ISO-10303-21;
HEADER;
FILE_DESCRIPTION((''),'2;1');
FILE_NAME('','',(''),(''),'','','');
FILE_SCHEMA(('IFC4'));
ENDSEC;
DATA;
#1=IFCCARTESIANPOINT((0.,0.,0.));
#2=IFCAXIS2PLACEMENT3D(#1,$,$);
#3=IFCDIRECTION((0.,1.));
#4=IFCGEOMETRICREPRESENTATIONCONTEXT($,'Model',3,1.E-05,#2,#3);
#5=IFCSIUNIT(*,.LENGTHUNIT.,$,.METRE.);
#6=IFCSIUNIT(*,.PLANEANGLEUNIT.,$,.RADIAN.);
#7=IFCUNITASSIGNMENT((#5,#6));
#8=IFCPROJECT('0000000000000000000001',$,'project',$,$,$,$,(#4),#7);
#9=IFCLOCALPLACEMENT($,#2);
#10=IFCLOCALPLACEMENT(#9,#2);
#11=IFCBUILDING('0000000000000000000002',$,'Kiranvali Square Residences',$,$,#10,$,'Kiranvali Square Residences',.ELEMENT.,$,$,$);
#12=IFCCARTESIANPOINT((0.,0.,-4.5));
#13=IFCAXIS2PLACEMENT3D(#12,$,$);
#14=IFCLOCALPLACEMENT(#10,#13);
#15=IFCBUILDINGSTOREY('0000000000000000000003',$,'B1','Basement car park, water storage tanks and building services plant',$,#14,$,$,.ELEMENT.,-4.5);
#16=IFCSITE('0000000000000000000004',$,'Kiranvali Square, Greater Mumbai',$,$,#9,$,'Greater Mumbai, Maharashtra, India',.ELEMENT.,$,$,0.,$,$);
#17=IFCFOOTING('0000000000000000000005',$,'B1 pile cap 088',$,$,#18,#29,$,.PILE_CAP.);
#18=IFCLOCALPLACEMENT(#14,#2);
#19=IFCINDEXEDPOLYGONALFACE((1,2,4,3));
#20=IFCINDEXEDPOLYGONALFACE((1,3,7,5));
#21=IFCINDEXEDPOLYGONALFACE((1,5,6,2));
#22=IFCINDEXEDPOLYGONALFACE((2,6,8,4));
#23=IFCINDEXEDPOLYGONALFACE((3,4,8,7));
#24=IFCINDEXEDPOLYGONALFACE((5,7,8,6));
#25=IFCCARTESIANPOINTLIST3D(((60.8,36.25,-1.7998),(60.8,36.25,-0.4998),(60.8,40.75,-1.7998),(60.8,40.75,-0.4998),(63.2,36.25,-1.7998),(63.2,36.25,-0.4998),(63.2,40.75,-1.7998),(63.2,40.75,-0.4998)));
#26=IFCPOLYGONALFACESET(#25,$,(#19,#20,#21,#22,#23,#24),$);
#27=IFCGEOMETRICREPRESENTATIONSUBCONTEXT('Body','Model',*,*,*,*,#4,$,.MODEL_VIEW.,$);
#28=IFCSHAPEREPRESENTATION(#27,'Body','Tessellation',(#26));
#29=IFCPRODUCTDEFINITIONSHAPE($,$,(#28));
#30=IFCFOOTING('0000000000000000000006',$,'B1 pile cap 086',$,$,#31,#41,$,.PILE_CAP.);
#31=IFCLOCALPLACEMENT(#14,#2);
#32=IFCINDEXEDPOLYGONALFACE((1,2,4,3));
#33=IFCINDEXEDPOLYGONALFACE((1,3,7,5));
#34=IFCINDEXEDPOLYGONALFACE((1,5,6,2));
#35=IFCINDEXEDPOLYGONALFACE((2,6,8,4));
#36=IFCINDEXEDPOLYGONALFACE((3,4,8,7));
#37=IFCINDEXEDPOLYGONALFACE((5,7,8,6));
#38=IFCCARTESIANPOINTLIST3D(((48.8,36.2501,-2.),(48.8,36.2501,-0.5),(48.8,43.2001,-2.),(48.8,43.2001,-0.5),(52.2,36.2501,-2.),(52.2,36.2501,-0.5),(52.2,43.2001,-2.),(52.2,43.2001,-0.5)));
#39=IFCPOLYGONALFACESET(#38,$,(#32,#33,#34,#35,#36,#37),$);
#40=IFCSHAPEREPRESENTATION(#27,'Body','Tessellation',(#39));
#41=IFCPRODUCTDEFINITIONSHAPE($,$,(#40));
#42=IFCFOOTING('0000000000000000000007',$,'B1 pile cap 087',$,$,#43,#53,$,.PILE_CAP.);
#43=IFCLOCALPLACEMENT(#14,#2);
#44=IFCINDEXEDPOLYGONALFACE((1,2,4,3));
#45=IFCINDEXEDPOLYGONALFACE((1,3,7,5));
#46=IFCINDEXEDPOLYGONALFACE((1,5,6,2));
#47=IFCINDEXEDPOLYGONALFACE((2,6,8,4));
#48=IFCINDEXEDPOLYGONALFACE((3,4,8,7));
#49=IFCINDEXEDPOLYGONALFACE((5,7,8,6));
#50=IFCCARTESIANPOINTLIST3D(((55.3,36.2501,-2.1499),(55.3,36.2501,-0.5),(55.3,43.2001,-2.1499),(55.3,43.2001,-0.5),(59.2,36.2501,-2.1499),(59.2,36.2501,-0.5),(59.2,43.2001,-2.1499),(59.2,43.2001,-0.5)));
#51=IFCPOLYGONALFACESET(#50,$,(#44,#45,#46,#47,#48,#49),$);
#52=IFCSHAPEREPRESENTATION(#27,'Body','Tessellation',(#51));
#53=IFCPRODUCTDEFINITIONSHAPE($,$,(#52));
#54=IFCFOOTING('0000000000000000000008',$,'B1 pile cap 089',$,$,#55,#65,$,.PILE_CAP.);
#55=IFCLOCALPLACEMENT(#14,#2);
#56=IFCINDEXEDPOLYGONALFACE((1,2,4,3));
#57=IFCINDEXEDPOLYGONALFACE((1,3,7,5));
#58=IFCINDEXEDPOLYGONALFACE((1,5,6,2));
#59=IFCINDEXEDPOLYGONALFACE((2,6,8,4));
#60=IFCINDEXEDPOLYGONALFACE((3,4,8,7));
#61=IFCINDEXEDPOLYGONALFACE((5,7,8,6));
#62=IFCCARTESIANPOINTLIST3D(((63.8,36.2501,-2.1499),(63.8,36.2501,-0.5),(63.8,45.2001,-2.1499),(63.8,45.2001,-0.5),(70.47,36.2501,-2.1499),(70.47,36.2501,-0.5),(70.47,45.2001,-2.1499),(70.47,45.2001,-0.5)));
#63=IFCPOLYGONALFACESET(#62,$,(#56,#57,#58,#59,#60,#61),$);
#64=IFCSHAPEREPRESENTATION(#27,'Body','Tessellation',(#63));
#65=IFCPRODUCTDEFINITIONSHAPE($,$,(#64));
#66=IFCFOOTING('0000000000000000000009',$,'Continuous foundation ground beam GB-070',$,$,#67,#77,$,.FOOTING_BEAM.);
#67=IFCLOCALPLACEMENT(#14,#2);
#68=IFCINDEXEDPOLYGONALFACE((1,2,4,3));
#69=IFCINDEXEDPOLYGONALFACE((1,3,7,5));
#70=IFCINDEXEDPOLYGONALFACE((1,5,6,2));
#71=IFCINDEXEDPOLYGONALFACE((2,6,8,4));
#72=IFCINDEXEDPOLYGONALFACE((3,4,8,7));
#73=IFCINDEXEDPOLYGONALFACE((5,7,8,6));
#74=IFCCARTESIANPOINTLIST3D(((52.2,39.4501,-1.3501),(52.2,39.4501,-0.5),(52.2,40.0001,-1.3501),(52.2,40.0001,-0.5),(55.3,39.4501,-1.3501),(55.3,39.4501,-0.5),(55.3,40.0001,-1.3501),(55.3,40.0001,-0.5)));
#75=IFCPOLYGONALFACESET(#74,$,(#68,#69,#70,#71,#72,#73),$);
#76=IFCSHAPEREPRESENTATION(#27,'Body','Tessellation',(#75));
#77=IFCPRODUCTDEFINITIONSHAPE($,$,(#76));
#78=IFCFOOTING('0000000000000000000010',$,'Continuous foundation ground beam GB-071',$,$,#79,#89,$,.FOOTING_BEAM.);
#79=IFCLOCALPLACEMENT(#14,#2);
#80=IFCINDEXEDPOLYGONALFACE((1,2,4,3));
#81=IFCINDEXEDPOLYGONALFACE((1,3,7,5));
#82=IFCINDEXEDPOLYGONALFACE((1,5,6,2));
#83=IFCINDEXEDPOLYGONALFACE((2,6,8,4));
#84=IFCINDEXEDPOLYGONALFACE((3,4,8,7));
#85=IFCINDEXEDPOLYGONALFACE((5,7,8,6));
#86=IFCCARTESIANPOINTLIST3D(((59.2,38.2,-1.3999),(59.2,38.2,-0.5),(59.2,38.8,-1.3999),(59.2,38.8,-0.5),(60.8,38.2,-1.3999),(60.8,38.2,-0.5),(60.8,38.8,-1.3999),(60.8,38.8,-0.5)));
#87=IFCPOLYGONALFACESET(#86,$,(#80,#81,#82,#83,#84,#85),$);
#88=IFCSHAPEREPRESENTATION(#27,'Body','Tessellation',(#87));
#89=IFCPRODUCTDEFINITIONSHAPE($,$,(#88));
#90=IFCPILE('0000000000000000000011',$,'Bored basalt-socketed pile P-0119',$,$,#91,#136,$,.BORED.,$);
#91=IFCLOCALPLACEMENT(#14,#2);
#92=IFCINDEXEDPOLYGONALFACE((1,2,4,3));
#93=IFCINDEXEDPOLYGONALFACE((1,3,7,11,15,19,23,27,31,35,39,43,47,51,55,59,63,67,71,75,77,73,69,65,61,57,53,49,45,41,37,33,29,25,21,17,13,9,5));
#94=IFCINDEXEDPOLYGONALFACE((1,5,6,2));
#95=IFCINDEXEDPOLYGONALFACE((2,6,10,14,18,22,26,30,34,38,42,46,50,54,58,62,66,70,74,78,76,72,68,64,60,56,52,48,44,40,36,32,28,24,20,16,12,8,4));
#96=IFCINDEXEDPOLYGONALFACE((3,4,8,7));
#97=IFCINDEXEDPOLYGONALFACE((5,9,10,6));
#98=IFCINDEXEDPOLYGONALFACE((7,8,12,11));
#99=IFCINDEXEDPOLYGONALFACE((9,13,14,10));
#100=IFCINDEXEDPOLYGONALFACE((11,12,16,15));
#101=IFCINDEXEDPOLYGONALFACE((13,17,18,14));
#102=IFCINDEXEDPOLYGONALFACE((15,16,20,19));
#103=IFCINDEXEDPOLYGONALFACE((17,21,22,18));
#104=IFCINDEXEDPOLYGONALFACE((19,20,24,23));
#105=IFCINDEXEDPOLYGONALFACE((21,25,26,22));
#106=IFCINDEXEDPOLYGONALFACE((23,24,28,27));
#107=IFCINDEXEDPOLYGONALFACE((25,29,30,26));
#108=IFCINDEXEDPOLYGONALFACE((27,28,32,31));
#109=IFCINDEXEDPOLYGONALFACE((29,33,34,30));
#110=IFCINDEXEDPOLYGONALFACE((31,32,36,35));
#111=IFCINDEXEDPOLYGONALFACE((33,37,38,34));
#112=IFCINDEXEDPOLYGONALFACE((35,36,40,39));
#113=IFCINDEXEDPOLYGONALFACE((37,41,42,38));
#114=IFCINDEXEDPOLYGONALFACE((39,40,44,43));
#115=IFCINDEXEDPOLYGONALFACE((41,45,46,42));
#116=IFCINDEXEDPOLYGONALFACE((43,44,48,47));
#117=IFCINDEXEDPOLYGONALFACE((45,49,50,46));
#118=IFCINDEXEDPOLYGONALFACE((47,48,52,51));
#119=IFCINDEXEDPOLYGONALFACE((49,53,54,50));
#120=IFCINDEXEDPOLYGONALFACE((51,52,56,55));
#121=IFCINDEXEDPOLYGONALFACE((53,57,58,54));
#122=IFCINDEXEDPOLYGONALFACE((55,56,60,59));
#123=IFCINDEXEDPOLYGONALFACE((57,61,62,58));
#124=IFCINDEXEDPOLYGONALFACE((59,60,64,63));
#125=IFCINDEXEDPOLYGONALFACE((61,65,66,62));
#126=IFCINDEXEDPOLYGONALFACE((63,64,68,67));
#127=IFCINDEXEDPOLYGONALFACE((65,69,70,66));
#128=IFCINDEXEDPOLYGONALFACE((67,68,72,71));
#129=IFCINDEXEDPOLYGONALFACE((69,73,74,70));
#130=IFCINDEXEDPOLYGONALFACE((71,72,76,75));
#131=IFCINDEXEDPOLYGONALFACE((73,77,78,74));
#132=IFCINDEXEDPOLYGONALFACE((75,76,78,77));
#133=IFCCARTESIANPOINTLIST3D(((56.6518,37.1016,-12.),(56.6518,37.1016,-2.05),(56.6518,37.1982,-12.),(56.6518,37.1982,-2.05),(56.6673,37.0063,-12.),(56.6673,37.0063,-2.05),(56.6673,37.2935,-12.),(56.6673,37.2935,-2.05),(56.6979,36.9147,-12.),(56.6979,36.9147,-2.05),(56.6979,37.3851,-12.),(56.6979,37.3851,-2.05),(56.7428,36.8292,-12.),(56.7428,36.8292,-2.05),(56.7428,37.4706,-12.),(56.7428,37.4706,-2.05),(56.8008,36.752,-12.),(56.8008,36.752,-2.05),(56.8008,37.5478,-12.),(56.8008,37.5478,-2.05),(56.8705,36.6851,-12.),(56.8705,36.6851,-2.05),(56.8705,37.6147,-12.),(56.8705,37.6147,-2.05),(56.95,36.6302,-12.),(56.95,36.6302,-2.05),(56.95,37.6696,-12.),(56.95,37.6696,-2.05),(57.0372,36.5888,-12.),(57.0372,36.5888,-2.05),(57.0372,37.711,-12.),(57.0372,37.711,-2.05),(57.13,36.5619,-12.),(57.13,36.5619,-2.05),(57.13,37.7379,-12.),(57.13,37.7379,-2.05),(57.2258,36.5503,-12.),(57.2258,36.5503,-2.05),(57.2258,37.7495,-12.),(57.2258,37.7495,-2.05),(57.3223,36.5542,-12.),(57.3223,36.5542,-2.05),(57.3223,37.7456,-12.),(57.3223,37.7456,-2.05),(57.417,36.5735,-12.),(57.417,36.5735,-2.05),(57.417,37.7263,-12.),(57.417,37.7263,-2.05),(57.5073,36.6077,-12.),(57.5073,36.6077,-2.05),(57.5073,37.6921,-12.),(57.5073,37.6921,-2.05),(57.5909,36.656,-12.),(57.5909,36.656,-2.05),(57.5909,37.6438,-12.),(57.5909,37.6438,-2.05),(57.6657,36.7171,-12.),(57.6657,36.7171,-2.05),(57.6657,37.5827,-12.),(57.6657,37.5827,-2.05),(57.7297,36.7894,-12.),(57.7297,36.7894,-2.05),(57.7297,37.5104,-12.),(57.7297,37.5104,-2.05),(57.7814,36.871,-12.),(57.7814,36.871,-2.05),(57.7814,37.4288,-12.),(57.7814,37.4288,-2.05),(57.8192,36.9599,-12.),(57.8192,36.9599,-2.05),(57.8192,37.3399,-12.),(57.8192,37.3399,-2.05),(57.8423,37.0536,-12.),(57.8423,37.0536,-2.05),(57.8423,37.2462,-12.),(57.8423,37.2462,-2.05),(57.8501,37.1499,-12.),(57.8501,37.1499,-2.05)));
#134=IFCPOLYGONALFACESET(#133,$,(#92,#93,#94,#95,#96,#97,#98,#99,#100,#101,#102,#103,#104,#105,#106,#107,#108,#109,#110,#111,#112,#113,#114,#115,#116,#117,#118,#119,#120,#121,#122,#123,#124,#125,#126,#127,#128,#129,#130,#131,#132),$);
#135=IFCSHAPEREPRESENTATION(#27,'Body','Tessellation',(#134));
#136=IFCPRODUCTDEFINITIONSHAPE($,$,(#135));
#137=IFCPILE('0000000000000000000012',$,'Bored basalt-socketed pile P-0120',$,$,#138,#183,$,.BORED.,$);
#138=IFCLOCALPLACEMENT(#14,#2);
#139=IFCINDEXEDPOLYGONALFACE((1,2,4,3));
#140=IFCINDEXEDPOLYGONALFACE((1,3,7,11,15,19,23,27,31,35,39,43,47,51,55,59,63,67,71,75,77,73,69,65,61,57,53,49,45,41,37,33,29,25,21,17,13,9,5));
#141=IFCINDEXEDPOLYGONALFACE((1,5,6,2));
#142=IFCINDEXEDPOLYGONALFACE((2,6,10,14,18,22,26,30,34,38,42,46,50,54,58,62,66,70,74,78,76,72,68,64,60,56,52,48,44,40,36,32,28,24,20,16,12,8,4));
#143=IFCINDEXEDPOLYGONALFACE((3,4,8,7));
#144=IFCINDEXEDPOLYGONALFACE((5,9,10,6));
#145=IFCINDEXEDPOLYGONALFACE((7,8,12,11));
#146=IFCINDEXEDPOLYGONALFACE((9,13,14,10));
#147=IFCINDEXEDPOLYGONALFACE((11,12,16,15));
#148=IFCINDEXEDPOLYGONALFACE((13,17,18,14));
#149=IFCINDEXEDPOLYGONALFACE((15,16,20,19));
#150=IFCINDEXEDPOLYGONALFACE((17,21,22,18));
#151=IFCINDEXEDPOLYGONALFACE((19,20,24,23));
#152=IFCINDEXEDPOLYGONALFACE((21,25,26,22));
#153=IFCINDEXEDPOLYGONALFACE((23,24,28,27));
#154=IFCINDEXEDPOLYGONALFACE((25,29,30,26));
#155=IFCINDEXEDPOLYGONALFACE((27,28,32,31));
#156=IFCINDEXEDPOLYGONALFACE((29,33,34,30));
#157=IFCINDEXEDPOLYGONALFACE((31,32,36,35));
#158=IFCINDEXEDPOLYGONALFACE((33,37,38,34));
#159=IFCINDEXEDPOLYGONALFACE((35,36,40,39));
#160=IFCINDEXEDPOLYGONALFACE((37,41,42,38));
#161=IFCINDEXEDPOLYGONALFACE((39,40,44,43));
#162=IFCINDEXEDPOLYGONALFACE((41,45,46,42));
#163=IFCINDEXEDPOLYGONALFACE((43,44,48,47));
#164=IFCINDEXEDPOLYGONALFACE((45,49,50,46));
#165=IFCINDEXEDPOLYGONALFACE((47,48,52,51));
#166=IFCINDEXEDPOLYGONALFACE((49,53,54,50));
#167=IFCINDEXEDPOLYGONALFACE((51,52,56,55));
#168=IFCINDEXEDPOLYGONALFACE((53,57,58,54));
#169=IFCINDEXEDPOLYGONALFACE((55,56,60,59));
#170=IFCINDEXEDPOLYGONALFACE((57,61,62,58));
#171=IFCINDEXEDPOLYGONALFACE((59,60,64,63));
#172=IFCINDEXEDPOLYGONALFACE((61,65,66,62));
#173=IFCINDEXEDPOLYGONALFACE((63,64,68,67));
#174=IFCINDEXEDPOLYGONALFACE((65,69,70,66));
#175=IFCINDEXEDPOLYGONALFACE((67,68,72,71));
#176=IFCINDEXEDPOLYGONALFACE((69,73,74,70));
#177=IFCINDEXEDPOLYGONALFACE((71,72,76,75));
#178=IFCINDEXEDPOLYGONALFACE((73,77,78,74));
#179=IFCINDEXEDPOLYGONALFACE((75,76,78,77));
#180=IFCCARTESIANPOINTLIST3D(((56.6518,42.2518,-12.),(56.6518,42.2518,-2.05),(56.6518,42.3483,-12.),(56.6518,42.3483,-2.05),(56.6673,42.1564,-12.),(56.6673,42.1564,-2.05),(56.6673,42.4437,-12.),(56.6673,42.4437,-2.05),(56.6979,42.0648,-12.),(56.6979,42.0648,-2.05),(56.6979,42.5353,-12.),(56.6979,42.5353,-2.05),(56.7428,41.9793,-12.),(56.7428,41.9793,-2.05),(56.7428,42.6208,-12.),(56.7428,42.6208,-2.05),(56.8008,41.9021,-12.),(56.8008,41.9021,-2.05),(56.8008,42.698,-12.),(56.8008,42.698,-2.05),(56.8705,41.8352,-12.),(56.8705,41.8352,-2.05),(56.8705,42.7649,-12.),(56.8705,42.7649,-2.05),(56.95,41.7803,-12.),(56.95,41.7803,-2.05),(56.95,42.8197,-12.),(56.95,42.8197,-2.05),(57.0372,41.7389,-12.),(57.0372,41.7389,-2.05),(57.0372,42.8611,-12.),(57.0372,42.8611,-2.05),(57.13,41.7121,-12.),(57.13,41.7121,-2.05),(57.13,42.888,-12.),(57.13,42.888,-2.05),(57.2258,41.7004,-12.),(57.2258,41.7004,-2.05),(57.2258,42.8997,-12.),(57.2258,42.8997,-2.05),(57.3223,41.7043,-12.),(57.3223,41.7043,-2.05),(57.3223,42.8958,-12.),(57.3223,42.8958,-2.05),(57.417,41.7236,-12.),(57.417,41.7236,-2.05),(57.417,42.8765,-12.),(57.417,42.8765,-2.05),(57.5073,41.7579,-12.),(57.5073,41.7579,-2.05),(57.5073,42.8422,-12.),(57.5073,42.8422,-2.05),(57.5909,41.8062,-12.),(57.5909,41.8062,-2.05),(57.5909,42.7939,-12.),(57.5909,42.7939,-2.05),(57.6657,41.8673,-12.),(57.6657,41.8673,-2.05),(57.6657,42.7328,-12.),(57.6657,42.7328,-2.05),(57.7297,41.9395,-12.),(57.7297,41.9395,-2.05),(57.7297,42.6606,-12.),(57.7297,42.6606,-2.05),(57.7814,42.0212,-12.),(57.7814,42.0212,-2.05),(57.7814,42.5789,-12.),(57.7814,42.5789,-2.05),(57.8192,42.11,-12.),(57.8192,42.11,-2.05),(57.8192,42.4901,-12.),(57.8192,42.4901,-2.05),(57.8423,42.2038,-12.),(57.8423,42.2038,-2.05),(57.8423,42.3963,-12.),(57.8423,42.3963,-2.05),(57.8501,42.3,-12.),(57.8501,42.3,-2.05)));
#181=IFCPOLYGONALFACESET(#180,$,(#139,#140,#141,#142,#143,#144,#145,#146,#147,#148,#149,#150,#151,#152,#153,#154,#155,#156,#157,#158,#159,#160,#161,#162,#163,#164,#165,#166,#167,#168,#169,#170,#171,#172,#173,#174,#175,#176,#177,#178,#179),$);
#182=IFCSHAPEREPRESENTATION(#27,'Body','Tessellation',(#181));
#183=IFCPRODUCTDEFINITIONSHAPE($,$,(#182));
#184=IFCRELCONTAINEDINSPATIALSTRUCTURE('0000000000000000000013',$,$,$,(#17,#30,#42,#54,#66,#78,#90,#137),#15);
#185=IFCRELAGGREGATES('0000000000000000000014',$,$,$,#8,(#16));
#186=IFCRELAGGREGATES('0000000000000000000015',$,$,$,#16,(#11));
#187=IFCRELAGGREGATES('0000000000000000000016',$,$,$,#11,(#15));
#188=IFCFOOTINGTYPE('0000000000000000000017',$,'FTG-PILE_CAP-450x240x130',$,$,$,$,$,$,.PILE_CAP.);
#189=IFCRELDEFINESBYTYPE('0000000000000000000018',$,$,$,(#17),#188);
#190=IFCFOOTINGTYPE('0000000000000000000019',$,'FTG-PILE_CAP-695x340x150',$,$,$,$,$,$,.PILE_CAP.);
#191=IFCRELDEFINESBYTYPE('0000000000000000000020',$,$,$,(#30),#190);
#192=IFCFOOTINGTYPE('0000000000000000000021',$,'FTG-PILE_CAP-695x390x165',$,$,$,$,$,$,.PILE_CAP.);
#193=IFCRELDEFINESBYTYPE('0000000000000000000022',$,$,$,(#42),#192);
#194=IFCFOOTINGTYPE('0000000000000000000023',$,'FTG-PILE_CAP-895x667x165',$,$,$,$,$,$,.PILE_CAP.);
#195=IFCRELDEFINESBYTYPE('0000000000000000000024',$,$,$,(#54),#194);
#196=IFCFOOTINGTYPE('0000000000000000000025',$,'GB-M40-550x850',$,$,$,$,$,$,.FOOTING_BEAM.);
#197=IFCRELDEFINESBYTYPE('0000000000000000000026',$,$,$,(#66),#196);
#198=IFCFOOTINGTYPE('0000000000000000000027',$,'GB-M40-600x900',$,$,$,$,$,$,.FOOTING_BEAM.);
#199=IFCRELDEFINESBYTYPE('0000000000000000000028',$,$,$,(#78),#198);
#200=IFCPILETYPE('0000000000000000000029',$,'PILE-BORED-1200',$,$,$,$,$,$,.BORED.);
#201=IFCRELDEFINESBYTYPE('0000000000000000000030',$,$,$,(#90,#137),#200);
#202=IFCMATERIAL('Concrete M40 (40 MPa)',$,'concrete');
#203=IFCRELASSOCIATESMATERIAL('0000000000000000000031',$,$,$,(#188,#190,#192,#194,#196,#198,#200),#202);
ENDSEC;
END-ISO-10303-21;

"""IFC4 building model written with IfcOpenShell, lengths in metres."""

from ifc_helpers import new_model, si_unit, direction, frame, origin, origin_2d, place, context, subcontext, project, spatial, rectangle, circle, extrude, material, material_profile, profile_set, type_object, element, save


model = new_model("IFC4")

# Units and contexts
model_context = context("Model", 3, precision=1e-05, world=origin(), true_north=direction((0.0, 1.0)))
body_context = subcontext(model_context, "Body", "Model", "MODEL_VIEW")
ifc_project = project(units=[si_unit("LENGTHUNIT", "METRE"), si_unit("PLANEANGLEUNIT", "RADIAN")], contexts=[model_context])

# Site, building, storey
site_placement = place(None, origin())
site = spatial("IfcSite", under=ifc_project, at=site_placement, Name="Kiranvali Square, Greater Mumbai", LongName="Greater Mumbai, Maharashtra, India", CompositionType="ELEMENT", RefElevation=0.0)
building_placement = place(site_placement, origin())
building = spatial("IfcBuilding", under=site, at=building_placement, Name="Kiranvali Square Residences", LongName="Kiranvali Square Residences", CompositionType="ELEMENT")
storey_placement = place(building_placement, frame((0.0, 0.0, -4.5)))
storey = spatial("IfcBuildingStorey", under=building, at=storey_placement, Name="B1", Description="Basement car park, water storage tanks and building services plant", CompositionType="ELEMENT", Elevation=-4.5)

# Footings
ifc_material_1 = material(Name="Concrete M40 (40 MPa)", Category="concrete")
footing_type_1 = type_object("IfcFootingType", Name="FTG-PILE_CAP-450x240x130", PredefinedType="PILE_CAP", material=ifc_material_1)
footing_1_placement = place(storey_placement, frame((62.0, 38.5, -1.7998), z_axis=(0.0, 0.0, 1.0), x_axis=(0.0, 1.0, 0.0)))
element("IfcFooting", 1, at=footing_1_placement, inside=storey, type_object=footing_type_1, Name="B1 pile cap 088", PredefinedType="PILE_CAP", context=body_context, shape_type="SweptSolid", body=[
    extrude(rectangle(XDim=4.5, YDim=2.3999, at=origin_2d()), origin(), (0.0, 0.0, 1.0), 1.3),
])
footing_type_2 = type_object("IfcFootingType", Name="FTG-PILE_CAP-695x340x150", PredefinedType="PILE_CAP", material=ifc_material_1)
footing_2_placement = place(storey_placement, frame((50.5, 39.7251, -2.0), z_axis=(0.0, 0.0, 1.0), x_axis=(0.0, 1.0, 0.0)))
element("IfcFooting", 2, at=footing_2_placement, inside=storey, type_object=footing_type_2, Name="B1 pile cap 086", PredefinedType="PILE_CAP", context=body_context, shape_type="SweptSolid", body=[
    extrude(rectangle(XDim=6.95, YDim=3.3999, at=origin_2d()), origin(), (0.0, 0.0, 1.0), 1.5),
])
footing_type_3 = type_object("IfcFootingType", Name="FTG-PILE_CAP-695x390x165", PredefinedType="PILE_CAP", material=ifc_material_1)
footing_3_placement = place(storey_placement, frame((57.25, 39.7251, -2.1499), z_axis=(0.0, 0.0, 1.0), x_axis=(0.0, 1.0, 0.0)))
element("IfcFooting", 3, at=footing_3_placement, inside=storey, type_object=footing_type_3, Name="B1 pile cap 087", PredefinedType="PILE_CAP", context=body_context, shape_type="SweptSolid", body=[
    extrude(rectangle(XDim=6.95, YDim=3.8999, at=origin_2d()), origin(), (0.0, 0.0, 1.0), 1.6499),
])
footing_type_4 = type_object("IfcFootingType", Name="FTG-PILE_CAP-895x667x165", PredefinedType="PILE_CAP", material=ifc_material_1)
footing_4_placement = place(storey_placement, frame((67.135, 40.7251, -2.1499), z_axis=(0.0, 0.0, 1.0), x_axis=(0.0, 1.0, 0.0)))
element("IfcFooting", 4, at=footing_4_placement, inside=storey, type_object=footing_type_4, Name="B1 pile cap 089", PredefinedType="PILE_CAP", context=body_context, shape_type="SweptSolid", body=[
    extrude(rectangle(XDim=8.95, YDim=6.6699, at=origin_2d()), origin(), (0.0, 0.0, 1.0), 1.6499),
])
ifc_material_profile_1 = material_profile(ifc_material_1, rectangle(XDim=0.55, YDim=0.8501, at=origin_2d()), Name="GB 550x850")
ifc_profile_set_1 = profile_set([ifc_material_profile_1], Name="Concrete M40 (40 MPa)")
footing_type_5 = type_object("IfcFootingType", Name="GB-M40-550x850", PredefinedType="FOOTING_BEAM", material=ifc_profile_set_1)
footing_5_placement = place(storey_placement, frame((52.2, 39.7251, -0.925), z_axis=(1.0, 0.0, 0.0), x_axis=(0.0, 1.0, 0.0)))
element("IfcFooting", 5, at=footing_5_placement, inside=storey, type_object=footing_type_5, Name="Continuous foundation ground beam GB-070", PredefinedType="FOOTING_BEAM", context=body_context, shape_type="SweptSolid", body=[
    extrude(rectangle(XDim=0.55, YDim=0.8501, at=origin_2d()), origin(), (0.0, 0.0, 1.0), 3.1001),
])
ifc_material_profile_2 = material_profile(ifc_material_1, rectangle(XDim=0.6001, YDim=0.8999, at=origin_2d()), Name="GB 600x900")
ifc_profile_set_2 = profile_set([ifc_material_profile_2], Name="Concrete M40 (40 MPa)")
footing_type_6 = type_object("IfcFootingType", Name="GB-M40-600x900", PredefinedType="FOOTING_BEAM", material=ifc_profile_set_2)
footing_6_placement = place(storey_placement, frame((59.2, 38.5, -0.95), z_axis=(1.0, 0.0, 0.0), x_axis=(0.0, 1.0, 0.0)))
element("IfcFooting", 6, at=footing_6_placement, inside=storey, type_object=footing_type_6, Name="Continuous foundation ground beam GB-071", PredefinedType="FOOTING_BEAM", context=body_context, shape_type="SweptSolid", body=[
    extrude(rectangle(XDim=0.6001, YDim=0.8999, at=origin_2d()), origin(), (0.0, 0.0, 1.0), 1.6001),
])

# Piles
ifc_material_profile_3 = material_profile(ifc_material_1, circle(Radius=0.6001, at=origin_2d()), Name="BORED PILE 1200")
ifc_profile_set_3 = profile_set([ifc_material_profile_3], Name="Concrete M40 (40 MPa)")
pile_type_1 = type_object("IfcPileType", Name="PILE-BORED-1200", PredefinedType="BORED", material=ifc_profile_set_3)
for number, where, z_axis, x_axis, name in (
    (7, (57.25, 37.1499, -2.05), (0.0, 0.0, -1.0), (1.0, 0.0, 0.0), "Bored basalt-socketed pile P-0119"),
    (8, (57.25, 42.3, -2.05), (0.0, 0.0, -1.0), (1.0, 0.0, 0.0), "Bored basalt-socketed pile P-0120"),
):
    element("IfcPile", number, at=place(storey_placement, frame(where, z_axis=z_axis, x_axis=x_axis)), inside=storey, type_object=pile_type_1, Name=name, PredefinedType="BORED", context=body_context, shape_type="SweptSolid", body=[
        extrude(circle(Radius=0.6001, at=origin_2d()), origin(), (0.0, 0.0, 1.0), 9.95),
    ])

save(model, "model.ifc")
